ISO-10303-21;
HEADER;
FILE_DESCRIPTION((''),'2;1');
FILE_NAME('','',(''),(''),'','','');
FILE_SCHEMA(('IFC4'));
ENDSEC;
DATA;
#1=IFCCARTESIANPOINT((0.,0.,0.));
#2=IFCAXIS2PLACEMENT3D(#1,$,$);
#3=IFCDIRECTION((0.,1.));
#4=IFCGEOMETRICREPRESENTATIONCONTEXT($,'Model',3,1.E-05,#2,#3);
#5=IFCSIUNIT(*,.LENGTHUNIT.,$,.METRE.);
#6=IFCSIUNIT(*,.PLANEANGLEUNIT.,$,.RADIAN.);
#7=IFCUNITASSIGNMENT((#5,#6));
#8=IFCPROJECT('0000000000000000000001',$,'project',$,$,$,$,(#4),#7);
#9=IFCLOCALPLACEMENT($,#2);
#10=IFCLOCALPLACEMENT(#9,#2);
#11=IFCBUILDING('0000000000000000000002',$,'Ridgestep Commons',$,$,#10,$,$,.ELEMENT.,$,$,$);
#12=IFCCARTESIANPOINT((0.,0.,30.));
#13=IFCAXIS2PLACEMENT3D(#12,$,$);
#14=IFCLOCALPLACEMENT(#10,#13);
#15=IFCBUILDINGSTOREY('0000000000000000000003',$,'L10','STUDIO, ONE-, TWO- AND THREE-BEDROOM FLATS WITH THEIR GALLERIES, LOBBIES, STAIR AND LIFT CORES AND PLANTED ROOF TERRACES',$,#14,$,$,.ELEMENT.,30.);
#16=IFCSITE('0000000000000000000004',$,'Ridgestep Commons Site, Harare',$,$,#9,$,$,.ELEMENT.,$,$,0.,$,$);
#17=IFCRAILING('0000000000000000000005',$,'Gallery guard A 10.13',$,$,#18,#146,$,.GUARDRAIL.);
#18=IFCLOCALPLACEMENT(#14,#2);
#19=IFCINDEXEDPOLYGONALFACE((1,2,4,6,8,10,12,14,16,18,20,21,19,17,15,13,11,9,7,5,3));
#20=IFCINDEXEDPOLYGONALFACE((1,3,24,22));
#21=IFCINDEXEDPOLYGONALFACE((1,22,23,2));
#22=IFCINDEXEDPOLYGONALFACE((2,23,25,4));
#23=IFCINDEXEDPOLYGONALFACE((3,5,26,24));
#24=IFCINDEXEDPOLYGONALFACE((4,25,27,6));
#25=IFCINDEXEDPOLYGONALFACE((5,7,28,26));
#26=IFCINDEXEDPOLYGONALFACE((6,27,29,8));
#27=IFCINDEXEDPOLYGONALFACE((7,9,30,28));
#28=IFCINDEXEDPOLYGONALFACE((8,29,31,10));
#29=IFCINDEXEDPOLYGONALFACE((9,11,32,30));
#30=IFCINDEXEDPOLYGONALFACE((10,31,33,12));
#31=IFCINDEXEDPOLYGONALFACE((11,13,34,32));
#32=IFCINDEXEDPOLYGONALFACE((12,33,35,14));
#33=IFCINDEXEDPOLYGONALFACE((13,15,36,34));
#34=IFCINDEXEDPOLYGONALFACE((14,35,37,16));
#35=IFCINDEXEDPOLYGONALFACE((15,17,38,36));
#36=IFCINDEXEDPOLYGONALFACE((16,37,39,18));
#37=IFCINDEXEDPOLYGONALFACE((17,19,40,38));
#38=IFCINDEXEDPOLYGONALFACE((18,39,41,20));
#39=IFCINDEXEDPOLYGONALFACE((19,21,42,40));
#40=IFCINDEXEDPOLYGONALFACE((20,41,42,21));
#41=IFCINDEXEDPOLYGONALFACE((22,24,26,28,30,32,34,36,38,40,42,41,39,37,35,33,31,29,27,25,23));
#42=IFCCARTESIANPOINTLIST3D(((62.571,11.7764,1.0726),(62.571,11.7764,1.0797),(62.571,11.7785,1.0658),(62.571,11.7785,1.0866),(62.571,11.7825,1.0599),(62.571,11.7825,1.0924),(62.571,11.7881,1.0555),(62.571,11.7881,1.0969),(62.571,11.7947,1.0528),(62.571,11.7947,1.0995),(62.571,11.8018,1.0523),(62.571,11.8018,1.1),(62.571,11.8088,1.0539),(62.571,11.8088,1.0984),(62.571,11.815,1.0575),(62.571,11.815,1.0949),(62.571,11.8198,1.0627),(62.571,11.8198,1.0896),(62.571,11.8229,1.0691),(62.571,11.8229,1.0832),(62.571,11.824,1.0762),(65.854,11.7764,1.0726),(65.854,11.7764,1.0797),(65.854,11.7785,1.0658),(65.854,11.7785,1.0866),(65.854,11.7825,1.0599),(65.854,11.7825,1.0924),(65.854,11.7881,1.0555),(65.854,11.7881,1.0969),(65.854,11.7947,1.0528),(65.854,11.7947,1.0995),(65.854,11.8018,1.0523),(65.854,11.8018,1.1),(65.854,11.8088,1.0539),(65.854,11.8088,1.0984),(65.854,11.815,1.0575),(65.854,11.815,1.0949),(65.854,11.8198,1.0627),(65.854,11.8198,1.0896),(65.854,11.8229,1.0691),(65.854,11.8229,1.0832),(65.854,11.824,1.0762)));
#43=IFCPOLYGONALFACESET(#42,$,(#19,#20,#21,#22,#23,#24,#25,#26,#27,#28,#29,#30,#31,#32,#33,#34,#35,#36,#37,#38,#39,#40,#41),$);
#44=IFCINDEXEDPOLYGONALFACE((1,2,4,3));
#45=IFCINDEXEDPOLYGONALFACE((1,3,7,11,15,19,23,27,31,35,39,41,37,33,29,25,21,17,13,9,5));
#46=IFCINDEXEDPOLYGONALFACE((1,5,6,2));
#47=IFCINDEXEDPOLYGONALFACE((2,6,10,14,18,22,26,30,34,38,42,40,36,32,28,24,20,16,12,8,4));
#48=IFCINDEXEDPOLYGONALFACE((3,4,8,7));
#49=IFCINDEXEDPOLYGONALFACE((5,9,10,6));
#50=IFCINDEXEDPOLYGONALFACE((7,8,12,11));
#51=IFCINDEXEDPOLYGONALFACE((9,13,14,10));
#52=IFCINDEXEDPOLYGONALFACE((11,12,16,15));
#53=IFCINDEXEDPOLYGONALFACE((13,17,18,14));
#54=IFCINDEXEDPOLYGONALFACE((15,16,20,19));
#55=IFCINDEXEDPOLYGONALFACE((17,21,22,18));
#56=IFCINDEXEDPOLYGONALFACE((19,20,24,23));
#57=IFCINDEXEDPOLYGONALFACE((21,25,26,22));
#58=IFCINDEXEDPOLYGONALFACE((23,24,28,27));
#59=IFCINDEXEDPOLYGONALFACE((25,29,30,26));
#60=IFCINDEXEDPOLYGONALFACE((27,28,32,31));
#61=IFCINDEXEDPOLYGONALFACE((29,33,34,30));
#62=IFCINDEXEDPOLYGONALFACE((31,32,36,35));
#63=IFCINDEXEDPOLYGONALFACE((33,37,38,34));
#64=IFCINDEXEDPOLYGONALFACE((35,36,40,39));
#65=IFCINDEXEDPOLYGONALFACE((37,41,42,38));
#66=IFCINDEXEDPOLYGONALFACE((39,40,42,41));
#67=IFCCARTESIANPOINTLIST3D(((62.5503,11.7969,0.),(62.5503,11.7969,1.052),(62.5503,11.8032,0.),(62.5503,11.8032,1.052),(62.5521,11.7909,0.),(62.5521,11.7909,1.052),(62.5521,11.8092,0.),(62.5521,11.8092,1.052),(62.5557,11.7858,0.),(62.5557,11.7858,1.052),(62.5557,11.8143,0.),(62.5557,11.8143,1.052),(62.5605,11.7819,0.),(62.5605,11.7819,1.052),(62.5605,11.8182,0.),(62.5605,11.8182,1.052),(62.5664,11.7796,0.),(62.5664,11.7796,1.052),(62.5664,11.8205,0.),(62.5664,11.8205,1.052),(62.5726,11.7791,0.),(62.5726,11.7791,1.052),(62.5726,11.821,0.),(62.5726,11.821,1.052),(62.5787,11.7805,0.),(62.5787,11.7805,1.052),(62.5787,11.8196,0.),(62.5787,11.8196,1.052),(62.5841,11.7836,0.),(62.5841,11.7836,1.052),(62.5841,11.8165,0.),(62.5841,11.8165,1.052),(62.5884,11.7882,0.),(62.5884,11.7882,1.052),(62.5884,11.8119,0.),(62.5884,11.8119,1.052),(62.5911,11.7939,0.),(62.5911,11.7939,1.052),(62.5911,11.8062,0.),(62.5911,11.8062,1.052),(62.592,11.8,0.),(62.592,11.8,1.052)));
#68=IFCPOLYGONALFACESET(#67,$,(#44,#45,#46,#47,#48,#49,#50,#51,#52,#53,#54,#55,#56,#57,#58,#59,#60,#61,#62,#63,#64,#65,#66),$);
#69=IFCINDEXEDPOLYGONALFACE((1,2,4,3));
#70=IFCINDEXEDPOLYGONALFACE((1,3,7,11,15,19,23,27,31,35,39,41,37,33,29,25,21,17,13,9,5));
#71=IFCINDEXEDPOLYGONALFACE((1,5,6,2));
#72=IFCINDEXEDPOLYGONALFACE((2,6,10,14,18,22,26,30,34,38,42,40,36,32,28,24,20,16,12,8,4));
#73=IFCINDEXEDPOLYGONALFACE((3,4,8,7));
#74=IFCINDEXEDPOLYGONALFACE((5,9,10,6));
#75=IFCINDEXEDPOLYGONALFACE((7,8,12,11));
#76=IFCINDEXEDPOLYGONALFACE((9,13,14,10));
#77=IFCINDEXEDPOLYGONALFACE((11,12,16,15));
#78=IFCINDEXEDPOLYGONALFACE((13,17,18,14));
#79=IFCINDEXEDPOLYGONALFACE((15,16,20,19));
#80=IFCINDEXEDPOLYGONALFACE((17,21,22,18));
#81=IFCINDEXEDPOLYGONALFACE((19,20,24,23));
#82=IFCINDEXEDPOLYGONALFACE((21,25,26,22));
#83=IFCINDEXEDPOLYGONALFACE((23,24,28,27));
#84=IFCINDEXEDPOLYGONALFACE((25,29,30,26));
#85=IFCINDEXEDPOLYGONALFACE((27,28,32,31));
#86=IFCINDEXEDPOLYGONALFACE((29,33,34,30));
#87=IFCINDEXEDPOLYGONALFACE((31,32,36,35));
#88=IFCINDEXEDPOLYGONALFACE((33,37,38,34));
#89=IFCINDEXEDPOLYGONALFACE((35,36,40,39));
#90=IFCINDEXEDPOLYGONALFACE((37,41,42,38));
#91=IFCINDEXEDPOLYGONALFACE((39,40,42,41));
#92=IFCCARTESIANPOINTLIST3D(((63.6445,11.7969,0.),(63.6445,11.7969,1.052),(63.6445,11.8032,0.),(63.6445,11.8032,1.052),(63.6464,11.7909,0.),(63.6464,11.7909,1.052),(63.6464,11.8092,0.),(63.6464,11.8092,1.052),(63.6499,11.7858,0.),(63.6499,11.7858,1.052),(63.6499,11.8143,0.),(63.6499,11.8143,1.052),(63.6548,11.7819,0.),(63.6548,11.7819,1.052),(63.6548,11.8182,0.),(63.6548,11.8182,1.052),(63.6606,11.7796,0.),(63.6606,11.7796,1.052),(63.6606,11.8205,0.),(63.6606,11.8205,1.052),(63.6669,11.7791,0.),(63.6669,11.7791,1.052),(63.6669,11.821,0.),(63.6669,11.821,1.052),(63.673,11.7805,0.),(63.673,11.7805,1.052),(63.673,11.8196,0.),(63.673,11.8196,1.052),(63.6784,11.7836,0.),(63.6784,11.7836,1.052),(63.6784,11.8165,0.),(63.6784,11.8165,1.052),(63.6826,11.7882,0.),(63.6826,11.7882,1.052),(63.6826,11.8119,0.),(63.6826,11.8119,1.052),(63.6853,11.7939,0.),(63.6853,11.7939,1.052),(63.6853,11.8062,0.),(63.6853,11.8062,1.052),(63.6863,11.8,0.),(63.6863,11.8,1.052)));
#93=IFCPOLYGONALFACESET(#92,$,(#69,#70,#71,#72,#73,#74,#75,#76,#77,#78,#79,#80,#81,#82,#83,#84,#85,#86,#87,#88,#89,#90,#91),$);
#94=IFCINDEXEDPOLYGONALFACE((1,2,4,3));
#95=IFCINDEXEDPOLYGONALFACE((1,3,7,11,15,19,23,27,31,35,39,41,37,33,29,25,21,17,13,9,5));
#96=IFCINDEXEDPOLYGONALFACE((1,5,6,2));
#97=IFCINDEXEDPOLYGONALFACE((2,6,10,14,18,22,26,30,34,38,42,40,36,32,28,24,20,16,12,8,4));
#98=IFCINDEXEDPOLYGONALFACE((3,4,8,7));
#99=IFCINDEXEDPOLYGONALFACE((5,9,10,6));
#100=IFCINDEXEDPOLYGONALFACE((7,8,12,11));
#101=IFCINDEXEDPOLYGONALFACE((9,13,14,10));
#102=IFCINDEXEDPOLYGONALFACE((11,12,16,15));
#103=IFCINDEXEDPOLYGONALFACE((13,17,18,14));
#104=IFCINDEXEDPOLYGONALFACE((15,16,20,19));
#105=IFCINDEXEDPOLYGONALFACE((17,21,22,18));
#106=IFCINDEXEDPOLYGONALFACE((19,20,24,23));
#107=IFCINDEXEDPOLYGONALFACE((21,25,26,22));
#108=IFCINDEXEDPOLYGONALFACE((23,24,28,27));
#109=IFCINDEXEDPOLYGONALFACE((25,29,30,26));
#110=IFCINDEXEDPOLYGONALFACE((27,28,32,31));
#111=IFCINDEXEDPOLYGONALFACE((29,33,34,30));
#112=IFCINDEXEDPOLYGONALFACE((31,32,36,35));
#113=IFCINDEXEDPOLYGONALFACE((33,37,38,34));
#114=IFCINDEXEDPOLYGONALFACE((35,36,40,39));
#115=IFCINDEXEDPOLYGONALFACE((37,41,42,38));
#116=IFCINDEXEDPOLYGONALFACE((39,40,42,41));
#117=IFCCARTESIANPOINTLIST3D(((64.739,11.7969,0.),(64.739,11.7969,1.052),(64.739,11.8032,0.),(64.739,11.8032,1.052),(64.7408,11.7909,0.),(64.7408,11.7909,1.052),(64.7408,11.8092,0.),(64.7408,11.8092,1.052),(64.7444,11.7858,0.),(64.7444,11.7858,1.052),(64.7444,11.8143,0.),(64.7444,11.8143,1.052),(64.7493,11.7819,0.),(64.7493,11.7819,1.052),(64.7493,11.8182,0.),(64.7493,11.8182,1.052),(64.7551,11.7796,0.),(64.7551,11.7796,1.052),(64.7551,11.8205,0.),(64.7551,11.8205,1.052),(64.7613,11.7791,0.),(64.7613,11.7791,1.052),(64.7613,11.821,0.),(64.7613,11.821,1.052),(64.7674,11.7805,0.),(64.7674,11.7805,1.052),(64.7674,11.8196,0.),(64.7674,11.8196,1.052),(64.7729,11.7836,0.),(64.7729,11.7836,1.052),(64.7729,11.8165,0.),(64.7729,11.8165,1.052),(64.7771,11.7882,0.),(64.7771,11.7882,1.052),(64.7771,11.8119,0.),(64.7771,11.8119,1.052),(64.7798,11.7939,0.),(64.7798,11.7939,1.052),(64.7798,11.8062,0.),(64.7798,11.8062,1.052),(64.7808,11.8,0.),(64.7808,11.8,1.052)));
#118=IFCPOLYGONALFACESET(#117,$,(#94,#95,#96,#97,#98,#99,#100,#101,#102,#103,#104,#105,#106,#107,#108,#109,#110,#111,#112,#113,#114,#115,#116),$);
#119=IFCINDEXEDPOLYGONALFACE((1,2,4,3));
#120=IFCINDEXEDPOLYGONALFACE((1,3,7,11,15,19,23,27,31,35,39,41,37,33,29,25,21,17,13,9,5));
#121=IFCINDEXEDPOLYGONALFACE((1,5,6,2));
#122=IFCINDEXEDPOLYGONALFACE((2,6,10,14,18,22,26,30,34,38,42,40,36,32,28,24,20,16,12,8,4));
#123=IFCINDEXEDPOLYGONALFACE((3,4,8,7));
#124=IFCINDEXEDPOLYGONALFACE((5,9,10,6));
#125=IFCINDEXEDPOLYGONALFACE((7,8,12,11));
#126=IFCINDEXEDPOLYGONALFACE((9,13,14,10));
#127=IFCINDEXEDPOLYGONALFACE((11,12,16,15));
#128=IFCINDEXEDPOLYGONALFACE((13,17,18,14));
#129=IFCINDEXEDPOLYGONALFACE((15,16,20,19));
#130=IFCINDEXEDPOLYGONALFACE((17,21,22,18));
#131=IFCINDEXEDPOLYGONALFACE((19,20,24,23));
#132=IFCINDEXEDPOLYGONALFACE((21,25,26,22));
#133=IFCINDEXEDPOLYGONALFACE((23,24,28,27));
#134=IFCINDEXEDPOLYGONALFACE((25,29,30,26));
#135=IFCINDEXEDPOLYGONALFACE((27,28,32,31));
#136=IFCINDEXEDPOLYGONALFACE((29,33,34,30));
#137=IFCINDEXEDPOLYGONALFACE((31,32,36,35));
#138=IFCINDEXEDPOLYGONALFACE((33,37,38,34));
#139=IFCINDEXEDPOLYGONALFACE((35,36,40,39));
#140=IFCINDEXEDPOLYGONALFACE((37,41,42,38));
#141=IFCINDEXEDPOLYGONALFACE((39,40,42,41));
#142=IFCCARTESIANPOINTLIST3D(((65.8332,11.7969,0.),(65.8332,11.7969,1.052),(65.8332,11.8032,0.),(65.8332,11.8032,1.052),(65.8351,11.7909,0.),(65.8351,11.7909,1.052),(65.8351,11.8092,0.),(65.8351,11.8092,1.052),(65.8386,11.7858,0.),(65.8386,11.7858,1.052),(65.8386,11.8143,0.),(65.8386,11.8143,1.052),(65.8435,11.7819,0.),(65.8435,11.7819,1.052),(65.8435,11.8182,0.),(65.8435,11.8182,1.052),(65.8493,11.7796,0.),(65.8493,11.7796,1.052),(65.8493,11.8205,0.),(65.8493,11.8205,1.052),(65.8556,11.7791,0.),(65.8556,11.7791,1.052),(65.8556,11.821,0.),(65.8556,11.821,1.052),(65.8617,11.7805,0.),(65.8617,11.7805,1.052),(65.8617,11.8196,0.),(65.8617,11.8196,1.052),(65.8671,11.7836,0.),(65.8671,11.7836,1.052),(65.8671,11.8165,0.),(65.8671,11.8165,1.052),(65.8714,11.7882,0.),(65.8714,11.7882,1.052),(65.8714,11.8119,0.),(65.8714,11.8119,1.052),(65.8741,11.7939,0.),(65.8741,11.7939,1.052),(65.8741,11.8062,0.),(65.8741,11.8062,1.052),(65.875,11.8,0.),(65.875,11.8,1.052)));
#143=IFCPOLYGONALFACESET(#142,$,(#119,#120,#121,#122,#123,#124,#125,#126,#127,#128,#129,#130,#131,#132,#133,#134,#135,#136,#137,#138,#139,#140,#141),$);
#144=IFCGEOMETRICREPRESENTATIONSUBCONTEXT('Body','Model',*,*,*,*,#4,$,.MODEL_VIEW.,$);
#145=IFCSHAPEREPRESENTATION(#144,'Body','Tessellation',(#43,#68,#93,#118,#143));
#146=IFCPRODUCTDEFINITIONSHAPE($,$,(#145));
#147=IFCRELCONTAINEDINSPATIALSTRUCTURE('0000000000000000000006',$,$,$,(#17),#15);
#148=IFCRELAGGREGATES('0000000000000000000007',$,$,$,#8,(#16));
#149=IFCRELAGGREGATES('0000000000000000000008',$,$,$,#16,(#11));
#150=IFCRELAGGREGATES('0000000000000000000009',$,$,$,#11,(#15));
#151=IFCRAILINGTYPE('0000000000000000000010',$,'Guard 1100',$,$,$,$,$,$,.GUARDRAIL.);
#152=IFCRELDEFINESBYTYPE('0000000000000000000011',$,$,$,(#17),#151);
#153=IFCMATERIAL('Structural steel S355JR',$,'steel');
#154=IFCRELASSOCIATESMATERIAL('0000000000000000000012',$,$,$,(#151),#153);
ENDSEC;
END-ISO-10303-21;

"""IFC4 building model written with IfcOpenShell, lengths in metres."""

from ifc_helpers import new_model, si_unit, direction, frame, origin, origin_2d, place, context, subcontext, project, spatial, circle, extrude, material, type_object, element, save


model = new_model("IFC4")

# Units and contexts
model_context = context("Model", 3, precision=1e-05, world=origin(), true_north=direction((0.0, 1.0)))
body_context = subcontext(model_context, "Body", "Model", "MODEL_VIEW")
ifc_project = project(units=[si_unit("LENGTHUNIT", "METRE"), si_unit("PLANEANGLEUNIT", "RADIAN")], contexts=[model_context])

# Site, building, storey
site_placement = place(None, origin())
site = spatial("IfcSite", under=ifc_project, at=site_placement, Name="Ridgestep Commons Site, Harare", CompositionType="ELEMENT", RefElevation=0.0)
building_placement = place(site_placement, origin())
building = spatial("IfcBuilding", under=site, at=building_placement, Name="Ridgestep Commons", CompositionType="ELEMENT")
storey_placement = place(building_placement, frame((0.0, 0.0, 30.0)))
storey = spatial("IfcBuildingStorey", under=building, at=storey_placement, Name="L10", Description="STUDIO, ONE-, TWO- AND THREE-BEDROOM FLATS WITH THEIR GALLERIES, LOBBIES, STAIR AND LIFT CORES AND PLANTED ROOF TERRACES", CompositionType="ELEMENT", Elevation=30.0)

# Railing
ifc_material_1 = material(Name="Structural steel S355JR", Category="steel")
railing_type = type_object("IfcRailingType", Name="Guard 1100", PredefinedType="GUARDRAIL", material=ifc_material_1)
railing_placement = place(storey_placement, frame((62.571, 11.8, 0.0)))
element("IfcRailing", 1, at=railing_placement, inside=storey, type_object=railing_type, Name="Gallery guard A 10.13", PredefinedType="GUARDRAIL", context=body_context, shape_type="SweptSolid", body=[
    extrude(circle(Radius=0.0239, at=origin_2d()), frame((0.0, 0.0, 1.0762), z_axis=(1.0, 0.0, 0.0), x_axis=(0.0, 1.0, 0.0)), (0.0, 0.0, 1.0), 3.283),
    extrude(circle(Radius=0.021, at=origin_2d()), origin(), (0.0, 0.0, 1.0), 1.052),
    extrude(circle(Radius=0.021, at=origin_2d()), frame((1.0942, 0.0, 0.0)), (0.0, 0.0, 1.0), 1.052),
    extrude(circle(Radius=0.021, at=origin_2d()), frame((2.1887, 0.0, 0.0)), (0.0, 0.0, 1.0), 1.052),
    extrude(circle(Radius=0.021, at=origin_2d()), frame((3.283, 0.0, 0.0)), (0.0, 0.0, 1.0), 1.052),
])

save(model, "model.ifc")
